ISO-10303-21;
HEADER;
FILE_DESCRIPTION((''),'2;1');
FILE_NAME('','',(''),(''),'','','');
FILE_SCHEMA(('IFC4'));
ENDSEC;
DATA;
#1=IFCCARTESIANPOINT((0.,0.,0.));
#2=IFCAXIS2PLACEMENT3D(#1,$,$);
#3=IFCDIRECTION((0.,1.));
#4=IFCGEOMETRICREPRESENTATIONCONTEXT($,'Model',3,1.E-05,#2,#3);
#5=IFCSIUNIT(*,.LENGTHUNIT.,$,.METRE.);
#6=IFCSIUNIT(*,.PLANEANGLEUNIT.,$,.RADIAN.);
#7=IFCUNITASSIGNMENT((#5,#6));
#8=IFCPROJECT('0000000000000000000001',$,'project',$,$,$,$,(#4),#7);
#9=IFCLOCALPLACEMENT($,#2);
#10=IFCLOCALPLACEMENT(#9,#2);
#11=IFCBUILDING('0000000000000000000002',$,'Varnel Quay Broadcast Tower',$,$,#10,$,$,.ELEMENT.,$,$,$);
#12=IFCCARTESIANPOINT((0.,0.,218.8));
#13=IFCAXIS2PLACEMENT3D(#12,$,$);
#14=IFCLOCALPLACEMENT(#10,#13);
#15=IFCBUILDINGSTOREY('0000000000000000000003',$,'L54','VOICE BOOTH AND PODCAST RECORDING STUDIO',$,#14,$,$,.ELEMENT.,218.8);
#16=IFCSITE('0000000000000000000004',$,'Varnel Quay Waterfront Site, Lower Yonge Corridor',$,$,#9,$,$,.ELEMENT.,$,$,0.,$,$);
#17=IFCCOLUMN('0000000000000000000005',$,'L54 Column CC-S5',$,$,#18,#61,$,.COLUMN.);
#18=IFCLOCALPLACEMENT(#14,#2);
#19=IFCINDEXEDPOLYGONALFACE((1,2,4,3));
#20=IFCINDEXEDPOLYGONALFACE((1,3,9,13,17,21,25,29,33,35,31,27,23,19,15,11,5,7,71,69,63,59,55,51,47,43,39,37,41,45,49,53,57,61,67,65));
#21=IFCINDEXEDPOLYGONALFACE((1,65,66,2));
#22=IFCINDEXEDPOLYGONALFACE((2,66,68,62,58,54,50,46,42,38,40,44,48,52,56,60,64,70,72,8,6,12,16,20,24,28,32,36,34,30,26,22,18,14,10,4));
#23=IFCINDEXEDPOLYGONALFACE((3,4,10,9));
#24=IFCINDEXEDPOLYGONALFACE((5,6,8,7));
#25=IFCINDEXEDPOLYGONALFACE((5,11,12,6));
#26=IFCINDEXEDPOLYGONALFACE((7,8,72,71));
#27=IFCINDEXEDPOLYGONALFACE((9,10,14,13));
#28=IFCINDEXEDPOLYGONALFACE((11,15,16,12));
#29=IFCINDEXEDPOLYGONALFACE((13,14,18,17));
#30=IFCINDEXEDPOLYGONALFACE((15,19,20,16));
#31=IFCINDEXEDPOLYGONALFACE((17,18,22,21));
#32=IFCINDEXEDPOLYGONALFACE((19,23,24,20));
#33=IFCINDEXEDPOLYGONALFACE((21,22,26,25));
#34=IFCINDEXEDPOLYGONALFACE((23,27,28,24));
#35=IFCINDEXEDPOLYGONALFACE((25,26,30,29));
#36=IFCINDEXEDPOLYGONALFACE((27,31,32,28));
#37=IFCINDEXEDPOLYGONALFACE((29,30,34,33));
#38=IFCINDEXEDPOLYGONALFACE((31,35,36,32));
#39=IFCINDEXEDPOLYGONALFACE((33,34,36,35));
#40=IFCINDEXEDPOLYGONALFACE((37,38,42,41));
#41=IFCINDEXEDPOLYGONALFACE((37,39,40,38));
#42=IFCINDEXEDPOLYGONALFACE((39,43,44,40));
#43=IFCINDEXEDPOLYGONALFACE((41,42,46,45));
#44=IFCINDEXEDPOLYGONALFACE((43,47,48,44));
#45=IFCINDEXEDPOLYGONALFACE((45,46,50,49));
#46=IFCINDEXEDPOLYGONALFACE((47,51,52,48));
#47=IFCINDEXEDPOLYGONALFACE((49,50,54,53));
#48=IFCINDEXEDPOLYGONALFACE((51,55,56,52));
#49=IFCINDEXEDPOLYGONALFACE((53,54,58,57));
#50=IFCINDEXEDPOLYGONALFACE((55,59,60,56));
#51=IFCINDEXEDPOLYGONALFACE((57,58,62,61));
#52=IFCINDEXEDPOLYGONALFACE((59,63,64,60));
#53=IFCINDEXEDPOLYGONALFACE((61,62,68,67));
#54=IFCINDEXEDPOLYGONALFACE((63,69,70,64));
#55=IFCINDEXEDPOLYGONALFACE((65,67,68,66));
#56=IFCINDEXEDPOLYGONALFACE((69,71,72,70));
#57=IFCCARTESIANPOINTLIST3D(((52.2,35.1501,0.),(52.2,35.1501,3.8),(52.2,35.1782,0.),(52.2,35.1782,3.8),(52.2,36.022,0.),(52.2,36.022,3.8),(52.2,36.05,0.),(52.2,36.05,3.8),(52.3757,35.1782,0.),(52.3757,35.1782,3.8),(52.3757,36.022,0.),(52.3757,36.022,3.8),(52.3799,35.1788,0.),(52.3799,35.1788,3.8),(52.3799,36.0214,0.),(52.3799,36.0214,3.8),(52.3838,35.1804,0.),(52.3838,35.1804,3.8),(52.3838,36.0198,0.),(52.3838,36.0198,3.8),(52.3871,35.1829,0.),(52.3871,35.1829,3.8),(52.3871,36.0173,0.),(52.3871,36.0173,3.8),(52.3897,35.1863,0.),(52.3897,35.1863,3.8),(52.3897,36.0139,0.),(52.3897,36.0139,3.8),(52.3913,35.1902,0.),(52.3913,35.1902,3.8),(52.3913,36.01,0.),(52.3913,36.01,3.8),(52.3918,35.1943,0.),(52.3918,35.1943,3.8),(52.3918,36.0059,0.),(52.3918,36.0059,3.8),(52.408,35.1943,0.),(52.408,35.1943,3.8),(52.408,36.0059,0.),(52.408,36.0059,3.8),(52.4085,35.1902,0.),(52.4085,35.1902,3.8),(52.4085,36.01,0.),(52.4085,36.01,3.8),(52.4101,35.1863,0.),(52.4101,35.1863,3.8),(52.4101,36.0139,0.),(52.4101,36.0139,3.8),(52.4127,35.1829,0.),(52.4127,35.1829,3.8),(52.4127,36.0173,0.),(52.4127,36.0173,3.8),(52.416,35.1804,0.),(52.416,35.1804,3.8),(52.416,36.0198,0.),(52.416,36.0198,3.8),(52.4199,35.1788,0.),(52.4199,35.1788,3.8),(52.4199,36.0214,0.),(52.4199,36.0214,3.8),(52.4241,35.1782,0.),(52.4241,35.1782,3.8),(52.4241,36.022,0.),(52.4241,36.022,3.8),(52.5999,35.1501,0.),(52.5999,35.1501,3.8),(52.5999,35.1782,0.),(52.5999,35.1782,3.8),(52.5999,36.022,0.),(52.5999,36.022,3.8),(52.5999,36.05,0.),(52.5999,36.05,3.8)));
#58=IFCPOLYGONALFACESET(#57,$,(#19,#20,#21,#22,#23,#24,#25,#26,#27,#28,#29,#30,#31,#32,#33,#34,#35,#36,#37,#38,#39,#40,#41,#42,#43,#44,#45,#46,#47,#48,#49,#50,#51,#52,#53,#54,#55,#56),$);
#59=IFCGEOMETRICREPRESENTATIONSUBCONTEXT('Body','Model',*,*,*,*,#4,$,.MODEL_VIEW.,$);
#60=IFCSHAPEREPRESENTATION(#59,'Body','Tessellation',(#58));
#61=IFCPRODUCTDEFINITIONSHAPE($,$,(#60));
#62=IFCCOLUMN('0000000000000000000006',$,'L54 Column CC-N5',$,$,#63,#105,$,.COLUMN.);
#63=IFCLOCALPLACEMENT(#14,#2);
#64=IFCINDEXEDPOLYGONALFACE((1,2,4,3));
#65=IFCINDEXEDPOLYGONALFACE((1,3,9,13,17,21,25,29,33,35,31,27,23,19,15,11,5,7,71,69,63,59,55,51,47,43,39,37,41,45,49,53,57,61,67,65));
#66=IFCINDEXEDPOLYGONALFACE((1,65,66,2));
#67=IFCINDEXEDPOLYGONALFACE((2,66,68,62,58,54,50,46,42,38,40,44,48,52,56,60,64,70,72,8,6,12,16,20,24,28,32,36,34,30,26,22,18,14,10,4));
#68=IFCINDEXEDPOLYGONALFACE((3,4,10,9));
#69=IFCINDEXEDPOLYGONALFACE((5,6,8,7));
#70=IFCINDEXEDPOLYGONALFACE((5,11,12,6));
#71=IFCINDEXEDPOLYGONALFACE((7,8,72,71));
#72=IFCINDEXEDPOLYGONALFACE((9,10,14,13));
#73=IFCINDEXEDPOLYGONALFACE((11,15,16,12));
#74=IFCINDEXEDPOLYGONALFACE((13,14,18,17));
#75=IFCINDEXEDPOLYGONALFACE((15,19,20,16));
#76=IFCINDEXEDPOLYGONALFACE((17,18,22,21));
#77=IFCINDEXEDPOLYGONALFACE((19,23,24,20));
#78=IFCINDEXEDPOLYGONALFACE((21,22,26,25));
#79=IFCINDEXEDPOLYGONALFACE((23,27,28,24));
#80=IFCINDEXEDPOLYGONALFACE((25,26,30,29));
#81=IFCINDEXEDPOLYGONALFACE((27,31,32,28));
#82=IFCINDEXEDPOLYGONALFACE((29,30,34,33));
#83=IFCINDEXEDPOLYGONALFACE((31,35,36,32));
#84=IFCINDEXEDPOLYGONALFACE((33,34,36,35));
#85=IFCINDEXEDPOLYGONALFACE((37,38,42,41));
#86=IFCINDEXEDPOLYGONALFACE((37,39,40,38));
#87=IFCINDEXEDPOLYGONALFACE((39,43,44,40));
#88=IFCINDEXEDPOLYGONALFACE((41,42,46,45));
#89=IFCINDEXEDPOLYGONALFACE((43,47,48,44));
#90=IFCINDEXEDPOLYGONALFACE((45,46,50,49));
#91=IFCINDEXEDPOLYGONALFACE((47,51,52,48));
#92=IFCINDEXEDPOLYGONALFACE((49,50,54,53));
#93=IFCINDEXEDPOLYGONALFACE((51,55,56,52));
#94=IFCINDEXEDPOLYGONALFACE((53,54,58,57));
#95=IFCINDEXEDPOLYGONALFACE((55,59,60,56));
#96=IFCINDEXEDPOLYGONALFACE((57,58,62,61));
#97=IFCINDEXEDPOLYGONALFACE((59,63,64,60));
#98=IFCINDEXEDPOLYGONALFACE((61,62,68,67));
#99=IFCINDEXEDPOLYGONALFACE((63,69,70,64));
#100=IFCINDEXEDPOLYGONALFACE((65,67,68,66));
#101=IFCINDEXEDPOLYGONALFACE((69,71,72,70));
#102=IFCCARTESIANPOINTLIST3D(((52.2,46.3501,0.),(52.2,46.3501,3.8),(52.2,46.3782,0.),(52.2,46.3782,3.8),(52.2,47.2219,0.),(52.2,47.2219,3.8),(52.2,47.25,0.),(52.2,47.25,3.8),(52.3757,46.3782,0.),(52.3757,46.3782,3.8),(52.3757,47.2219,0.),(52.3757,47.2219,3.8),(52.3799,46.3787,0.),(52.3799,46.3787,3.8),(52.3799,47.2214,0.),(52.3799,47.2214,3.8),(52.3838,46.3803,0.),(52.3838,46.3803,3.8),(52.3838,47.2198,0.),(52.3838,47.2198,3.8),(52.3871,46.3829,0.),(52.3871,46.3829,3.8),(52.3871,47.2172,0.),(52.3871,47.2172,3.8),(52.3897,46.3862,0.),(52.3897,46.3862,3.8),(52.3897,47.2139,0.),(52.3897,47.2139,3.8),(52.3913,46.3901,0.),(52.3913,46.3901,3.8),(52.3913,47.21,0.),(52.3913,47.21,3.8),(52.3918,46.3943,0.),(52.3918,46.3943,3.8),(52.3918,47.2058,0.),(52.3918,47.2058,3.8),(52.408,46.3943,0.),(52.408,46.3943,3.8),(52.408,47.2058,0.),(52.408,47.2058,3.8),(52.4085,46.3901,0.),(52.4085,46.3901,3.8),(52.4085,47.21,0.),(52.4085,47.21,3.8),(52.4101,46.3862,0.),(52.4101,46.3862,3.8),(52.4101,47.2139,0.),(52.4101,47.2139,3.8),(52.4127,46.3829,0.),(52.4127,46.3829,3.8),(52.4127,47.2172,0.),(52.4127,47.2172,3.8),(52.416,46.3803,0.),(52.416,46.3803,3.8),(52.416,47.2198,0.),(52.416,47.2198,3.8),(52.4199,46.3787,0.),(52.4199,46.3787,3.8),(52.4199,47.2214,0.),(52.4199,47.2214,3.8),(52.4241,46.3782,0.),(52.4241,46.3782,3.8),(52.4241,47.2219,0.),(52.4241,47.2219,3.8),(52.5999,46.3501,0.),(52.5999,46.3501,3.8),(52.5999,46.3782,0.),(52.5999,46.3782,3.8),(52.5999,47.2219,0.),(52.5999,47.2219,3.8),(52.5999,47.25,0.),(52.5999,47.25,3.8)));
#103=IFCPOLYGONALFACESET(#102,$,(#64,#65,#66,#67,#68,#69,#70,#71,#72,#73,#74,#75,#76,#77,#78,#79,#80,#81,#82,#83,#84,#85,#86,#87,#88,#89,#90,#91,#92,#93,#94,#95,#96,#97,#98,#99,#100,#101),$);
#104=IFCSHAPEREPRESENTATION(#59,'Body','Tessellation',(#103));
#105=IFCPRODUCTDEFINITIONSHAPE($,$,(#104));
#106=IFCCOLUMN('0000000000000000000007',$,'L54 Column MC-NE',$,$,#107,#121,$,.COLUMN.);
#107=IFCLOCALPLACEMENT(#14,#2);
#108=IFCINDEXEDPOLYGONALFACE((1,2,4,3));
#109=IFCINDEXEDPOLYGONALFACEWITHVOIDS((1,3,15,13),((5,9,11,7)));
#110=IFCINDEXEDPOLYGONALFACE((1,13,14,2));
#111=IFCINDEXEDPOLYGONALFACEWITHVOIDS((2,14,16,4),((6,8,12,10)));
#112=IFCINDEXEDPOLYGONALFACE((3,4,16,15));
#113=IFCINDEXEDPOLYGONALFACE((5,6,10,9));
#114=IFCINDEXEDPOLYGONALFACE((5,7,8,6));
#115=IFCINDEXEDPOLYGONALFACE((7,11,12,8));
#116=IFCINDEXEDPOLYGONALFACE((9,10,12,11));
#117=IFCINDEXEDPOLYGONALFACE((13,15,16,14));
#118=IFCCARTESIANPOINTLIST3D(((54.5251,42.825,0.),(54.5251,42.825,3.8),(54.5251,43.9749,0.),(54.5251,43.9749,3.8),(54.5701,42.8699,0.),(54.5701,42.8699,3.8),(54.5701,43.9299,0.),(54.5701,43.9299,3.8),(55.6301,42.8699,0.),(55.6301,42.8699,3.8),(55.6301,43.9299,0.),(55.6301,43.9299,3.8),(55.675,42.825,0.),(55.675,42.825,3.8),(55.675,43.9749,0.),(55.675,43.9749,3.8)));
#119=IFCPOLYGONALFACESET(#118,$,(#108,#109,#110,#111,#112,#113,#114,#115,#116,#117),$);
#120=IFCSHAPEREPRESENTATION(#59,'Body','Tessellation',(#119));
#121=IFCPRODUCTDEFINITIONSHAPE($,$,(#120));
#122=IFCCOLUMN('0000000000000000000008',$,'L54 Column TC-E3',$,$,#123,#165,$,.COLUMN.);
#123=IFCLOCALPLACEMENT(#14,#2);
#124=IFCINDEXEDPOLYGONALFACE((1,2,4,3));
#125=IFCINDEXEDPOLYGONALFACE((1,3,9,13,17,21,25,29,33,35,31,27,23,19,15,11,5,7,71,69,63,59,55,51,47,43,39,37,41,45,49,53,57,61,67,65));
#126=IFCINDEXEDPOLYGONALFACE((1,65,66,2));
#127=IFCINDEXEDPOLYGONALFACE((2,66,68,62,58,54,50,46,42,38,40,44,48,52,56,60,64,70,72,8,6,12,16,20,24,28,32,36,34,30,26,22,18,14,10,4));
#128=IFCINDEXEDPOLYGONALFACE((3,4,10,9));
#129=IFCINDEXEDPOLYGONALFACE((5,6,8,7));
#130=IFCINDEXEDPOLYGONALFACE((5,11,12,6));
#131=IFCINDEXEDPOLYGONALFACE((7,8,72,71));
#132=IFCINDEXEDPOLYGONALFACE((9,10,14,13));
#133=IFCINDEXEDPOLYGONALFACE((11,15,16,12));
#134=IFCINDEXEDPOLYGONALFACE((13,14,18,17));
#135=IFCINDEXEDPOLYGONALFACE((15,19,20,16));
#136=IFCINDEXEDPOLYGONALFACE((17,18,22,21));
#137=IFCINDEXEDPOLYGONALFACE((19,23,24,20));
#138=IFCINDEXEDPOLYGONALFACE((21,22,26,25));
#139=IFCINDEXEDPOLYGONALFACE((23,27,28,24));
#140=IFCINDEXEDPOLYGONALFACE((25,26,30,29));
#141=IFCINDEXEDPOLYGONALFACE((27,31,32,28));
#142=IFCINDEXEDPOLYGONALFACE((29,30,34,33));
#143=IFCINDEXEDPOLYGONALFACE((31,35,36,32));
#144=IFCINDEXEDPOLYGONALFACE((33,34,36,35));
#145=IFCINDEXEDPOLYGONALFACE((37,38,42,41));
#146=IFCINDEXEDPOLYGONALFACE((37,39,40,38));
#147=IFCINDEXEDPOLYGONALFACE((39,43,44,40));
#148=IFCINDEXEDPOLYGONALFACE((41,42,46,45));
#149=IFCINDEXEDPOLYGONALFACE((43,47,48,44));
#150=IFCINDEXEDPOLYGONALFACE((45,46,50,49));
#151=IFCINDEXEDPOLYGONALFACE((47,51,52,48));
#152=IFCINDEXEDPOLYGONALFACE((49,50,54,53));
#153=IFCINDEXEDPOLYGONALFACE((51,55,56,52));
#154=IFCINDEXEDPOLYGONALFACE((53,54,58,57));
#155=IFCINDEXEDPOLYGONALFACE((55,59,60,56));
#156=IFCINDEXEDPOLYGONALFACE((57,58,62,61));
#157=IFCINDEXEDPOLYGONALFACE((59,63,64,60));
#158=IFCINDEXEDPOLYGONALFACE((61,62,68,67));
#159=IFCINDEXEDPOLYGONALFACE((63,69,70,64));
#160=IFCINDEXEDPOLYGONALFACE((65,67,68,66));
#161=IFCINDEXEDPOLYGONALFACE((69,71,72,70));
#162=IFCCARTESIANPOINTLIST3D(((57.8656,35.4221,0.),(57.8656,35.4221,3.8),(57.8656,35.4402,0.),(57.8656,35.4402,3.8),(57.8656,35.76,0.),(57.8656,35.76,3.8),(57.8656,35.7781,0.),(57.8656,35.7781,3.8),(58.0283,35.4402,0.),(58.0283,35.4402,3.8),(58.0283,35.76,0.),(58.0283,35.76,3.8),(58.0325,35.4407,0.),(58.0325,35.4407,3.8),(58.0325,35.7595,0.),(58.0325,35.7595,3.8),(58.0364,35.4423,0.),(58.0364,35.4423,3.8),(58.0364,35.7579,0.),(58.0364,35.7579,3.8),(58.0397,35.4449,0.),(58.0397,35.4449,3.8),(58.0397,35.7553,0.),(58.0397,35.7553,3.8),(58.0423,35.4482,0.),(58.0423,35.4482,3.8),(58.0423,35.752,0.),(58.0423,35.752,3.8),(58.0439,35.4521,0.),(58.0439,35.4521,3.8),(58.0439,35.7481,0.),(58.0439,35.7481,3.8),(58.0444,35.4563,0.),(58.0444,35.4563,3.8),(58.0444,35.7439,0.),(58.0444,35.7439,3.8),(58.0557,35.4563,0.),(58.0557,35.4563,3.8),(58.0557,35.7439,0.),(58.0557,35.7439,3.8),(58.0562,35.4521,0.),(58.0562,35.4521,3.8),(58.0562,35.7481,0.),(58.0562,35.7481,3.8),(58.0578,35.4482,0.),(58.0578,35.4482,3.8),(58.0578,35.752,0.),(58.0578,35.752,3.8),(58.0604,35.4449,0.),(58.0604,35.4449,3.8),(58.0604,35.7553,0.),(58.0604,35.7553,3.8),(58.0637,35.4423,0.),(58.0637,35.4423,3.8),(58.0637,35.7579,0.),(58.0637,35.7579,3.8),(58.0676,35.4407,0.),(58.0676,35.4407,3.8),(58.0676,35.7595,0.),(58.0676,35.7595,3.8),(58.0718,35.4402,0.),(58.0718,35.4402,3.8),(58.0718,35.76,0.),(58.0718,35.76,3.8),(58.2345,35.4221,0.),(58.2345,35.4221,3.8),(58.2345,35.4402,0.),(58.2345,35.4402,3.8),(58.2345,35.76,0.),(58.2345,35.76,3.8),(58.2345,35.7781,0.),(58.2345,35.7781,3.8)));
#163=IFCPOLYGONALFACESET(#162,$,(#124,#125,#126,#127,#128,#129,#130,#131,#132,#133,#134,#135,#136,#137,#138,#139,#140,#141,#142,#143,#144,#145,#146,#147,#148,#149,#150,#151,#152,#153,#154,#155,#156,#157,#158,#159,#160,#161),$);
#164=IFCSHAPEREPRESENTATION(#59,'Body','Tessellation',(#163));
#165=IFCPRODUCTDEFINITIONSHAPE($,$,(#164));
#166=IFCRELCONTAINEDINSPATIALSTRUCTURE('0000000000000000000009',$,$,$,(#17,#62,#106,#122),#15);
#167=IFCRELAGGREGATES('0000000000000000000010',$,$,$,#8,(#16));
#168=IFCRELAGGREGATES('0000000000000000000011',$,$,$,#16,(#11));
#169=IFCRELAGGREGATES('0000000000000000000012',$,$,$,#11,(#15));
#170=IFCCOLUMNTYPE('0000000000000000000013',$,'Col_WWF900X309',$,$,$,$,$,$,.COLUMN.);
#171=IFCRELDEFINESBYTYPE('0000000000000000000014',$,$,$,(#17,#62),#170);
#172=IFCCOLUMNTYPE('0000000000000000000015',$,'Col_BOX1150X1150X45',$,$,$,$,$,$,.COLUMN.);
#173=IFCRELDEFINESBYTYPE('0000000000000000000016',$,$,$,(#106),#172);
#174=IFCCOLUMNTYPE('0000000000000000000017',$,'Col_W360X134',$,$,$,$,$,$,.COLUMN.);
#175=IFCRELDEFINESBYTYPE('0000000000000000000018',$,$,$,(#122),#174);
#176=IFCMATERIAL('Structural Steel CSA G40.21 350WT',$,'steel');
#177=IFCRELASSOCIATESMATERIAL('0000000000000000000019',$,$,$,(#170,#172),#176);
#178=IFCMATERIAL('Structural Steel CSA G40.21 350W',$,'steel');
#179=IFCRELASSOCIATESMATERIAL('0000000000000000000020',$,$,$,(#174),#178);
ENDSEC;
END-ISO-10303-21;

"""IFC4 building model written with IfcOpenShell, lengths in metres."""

from ifc_helpers import new_model, si_unit, direction, frame, origin, origin_2d, place, context, subcontext, project, spatial, hollow_rectangle, i_section, extrude, source, transform, mapped, material, material_profile, profile_set, type_object, type_shapes, element, save


model = new_model("IFC4")

# Units and contexts
model_context = context("Model", 3, precision=1e-05, world=origin(), true_north=direction((0.0, 1.0)))
body_context = subcontext(model_context, "Body", "Model", "MODEL_VIEW")
ifc_project = project(units=[si_unit("LENGTHUNIT", "METRE"), si_unit("PLANEANGLEUNIT", "RADIAN")], contexts=[model_context])

# Site, building, storey
site_placement = place(None, origin())
site = spatial("IfcSite", under=ifc_project, at=site_placement, Name="Varnel Quay Waterfront Site, Lower Yonge Corridor", CompositionType="ELEMENT", RefElevation=0.0)
building_placement = place(site_placement, origin())
building = spatial("IfcBuilding", under=site, at=building_placement, Name="Varnel Quay Broadcast Tower", CompositionType="ELEMENT")
storey_placement = place(building_placement, frame((0.0, 0.0, 218.8)))
storey = spatial("IfcBuildingStorey", under=building, at=storey_placement, Name="L54", Description="VOICE BOOTH AND PODCAST RECORDING STUDIO", CompositionType="ELEMENT", Elevation=218.8)

# Columns
ifc_material_1 = material(Name="Structural Steel CSA G40.21 350WT", Category="steel")
ifc_material_profile_1 = material_profile(ifc_material_1, i_section(OverallWidth=0.3999, OverallDepth=0.8999, WebThickness=0.0161, FlangeThickness=0.0281, FilletRadius=0.0161, at=origin_2d()), Name="WWF900X309")
ifc_profile_set_1 = profile_set([ifc_material_profile_1], Name="Structural Steel CSA G40.21 350WT")
column_type_1 = type_object("IfcColumnType", Name="Col_WWF900X309", PredefinedType="COLUMN", material=ifc_profile_set_1)
shared_shape_1 = source(origin(), body_context, "Body", "SweptSolid", [
    extrude(i_section(OverallWidth=0.3999, OverallDepth=0.8999, WebThickness=0.0161, FlangeThickness=0.0281, FilletRadius=0.0161, at=origin_2d()), origin(), (0.0, 0.0, 1.0), 3.8),
])
type_shapes(column_type_1, [shared_shape_1])
for number, where, z_axis, x_axis, name in (
    (1, (52.3999, 35.6001, 0.0), (0.0, 0.0, 1.0), (1.0, 0.0, 0.0), "L54 Column CC-S5"),
    (2, (52.3999, 46.8, 0.0), (0.0, 0.0, 1.0), (1.0, 0.0, 0.0), "L54 Column CC-N5"),
):
    element("IfcColumn", number, at=place(storey_placement, frame(where, z_axis=z_axis, x_axis=x_axis)), inside=storey, type_object=column_type_1, Name=name, PredefinedType="COLUMN", context=body_context, shape_type="MappedRepresentation", body=[
        mapped(shared_shape_1, transform((0.0, 0.0, 0.0), x_axis=(1.0, 0.0, 0.0), y_axis=(0.0, 1.0, 0.0), z_axis=(0.0, 0.0, 1.0), scale=1.0)),
    ])
ifc_material_profile_2 = material_profile(ifc_material_1, hollow_rectangle(XDim=1.1499, YDim=1.1499, WallThickness=0.0449, at=origin_2d()), Name="BOX1150X1150X45")
ifc_profile_set_2 = profile_set([ifc_material_profile_2], Name="Structural Steel CSA G40.21 350WT")
column_type_2 = type_object("IfcColumnType", Name="Col_BOX1150X1150X45", PredefinedType="COLUMN", material=ifc_profile_set_2)
shared_shape_2 = source(origin(), body_context, "Body", "SweptSolid", [
    extrude(hollow_rectangle(XDim=1.1499, YDim=1.1499, WallThickness=0.0449, at=origin_2d()), origin(), (0.0, 0.0, 1.0), 3.8),
])
type_shapes(column_type_2, [shared_shape_2])
column_1_placement = place(storey_placement, frame((55.1001, 43.3999, 0.0), z_axis=(0.0, 0.0, 1.0), x_axis=(1.0, 0.0, 0.0)))
element("IfcColumn", 3, at=column_1_placement, inside=storey, type_object=column_type_2, Name="L54 Column MC-NE", PredefinedType="COLUMN", context=body_context, shape_type="MappedRepresentation", body=[
    mapped(shared_shape_2, transform((0.0, 0.0, 0.0), x_axis=(1.0, 0.0, 0.0), y_axis=(0.0, 1.0, 0.0), z_axis=(0.0, 0.0, 1.0), scale=1.0)),
])
ifc_material_2 = material(Name="Structural Steel CSA G40.21 350W", Category="steel")
ifc_material_profile_3 = material_profile(ifc_material_2, i_section(OverallWidth=0.3689, OverallDepth=0.356, WebThickness=0.0112, FlangeThickness=0.0181, FilletRadius=0.0161, at=origin_2d()), Name="W360X134")
ifc_profile_set_3 = profile_set([ifc_material_profile_3], Name="Structural Steel CSA G40.21 350W")
column_type_3 = type_object("IfcColumnType", Name="Col_W360X134", PredefinedType="COLUMN", material=ifc_profile_set_3)
shared_shape_3 = source(origin(), body_context, "Body", "SweptSolid", [
    extrude(i_section(OverallWidth=0.3689, OverallDepth=0.356, WebThickness=0.0112, FlangeThickness=0.0181, FilletRadius=0.0161, at=origin_2d()), origin(), (0.0, 0.0, 1.0), 3.8),
])
type_shapes(column_type_3, [shared_shape_3])
column_2_placement = place(storey_placement, frame((58.05, 35.6001, 0.0), z_axis=(0.0, 0.0, 1.0), x_axis=(1.0, 0.0, 0.0)))
element("IfcColumn", 4, at=column_2_placement, inside=storey, type_object=column_type_3, Name="L54 Column TC-E3", PredefinedType="COLUMN", context=body_context, shape_type="MappedRepresentation", body=[
    mapped(shared_shape_3, transform((0.0, 0.0, 0.0), x_axis=(1.0, 0.0, 0.0), y_axis=(0.0, 1.0, 0.0), z_axis=(0.0, 0.0, 1.0), scale=1.0)),
])

save(model, "model.ifc")
